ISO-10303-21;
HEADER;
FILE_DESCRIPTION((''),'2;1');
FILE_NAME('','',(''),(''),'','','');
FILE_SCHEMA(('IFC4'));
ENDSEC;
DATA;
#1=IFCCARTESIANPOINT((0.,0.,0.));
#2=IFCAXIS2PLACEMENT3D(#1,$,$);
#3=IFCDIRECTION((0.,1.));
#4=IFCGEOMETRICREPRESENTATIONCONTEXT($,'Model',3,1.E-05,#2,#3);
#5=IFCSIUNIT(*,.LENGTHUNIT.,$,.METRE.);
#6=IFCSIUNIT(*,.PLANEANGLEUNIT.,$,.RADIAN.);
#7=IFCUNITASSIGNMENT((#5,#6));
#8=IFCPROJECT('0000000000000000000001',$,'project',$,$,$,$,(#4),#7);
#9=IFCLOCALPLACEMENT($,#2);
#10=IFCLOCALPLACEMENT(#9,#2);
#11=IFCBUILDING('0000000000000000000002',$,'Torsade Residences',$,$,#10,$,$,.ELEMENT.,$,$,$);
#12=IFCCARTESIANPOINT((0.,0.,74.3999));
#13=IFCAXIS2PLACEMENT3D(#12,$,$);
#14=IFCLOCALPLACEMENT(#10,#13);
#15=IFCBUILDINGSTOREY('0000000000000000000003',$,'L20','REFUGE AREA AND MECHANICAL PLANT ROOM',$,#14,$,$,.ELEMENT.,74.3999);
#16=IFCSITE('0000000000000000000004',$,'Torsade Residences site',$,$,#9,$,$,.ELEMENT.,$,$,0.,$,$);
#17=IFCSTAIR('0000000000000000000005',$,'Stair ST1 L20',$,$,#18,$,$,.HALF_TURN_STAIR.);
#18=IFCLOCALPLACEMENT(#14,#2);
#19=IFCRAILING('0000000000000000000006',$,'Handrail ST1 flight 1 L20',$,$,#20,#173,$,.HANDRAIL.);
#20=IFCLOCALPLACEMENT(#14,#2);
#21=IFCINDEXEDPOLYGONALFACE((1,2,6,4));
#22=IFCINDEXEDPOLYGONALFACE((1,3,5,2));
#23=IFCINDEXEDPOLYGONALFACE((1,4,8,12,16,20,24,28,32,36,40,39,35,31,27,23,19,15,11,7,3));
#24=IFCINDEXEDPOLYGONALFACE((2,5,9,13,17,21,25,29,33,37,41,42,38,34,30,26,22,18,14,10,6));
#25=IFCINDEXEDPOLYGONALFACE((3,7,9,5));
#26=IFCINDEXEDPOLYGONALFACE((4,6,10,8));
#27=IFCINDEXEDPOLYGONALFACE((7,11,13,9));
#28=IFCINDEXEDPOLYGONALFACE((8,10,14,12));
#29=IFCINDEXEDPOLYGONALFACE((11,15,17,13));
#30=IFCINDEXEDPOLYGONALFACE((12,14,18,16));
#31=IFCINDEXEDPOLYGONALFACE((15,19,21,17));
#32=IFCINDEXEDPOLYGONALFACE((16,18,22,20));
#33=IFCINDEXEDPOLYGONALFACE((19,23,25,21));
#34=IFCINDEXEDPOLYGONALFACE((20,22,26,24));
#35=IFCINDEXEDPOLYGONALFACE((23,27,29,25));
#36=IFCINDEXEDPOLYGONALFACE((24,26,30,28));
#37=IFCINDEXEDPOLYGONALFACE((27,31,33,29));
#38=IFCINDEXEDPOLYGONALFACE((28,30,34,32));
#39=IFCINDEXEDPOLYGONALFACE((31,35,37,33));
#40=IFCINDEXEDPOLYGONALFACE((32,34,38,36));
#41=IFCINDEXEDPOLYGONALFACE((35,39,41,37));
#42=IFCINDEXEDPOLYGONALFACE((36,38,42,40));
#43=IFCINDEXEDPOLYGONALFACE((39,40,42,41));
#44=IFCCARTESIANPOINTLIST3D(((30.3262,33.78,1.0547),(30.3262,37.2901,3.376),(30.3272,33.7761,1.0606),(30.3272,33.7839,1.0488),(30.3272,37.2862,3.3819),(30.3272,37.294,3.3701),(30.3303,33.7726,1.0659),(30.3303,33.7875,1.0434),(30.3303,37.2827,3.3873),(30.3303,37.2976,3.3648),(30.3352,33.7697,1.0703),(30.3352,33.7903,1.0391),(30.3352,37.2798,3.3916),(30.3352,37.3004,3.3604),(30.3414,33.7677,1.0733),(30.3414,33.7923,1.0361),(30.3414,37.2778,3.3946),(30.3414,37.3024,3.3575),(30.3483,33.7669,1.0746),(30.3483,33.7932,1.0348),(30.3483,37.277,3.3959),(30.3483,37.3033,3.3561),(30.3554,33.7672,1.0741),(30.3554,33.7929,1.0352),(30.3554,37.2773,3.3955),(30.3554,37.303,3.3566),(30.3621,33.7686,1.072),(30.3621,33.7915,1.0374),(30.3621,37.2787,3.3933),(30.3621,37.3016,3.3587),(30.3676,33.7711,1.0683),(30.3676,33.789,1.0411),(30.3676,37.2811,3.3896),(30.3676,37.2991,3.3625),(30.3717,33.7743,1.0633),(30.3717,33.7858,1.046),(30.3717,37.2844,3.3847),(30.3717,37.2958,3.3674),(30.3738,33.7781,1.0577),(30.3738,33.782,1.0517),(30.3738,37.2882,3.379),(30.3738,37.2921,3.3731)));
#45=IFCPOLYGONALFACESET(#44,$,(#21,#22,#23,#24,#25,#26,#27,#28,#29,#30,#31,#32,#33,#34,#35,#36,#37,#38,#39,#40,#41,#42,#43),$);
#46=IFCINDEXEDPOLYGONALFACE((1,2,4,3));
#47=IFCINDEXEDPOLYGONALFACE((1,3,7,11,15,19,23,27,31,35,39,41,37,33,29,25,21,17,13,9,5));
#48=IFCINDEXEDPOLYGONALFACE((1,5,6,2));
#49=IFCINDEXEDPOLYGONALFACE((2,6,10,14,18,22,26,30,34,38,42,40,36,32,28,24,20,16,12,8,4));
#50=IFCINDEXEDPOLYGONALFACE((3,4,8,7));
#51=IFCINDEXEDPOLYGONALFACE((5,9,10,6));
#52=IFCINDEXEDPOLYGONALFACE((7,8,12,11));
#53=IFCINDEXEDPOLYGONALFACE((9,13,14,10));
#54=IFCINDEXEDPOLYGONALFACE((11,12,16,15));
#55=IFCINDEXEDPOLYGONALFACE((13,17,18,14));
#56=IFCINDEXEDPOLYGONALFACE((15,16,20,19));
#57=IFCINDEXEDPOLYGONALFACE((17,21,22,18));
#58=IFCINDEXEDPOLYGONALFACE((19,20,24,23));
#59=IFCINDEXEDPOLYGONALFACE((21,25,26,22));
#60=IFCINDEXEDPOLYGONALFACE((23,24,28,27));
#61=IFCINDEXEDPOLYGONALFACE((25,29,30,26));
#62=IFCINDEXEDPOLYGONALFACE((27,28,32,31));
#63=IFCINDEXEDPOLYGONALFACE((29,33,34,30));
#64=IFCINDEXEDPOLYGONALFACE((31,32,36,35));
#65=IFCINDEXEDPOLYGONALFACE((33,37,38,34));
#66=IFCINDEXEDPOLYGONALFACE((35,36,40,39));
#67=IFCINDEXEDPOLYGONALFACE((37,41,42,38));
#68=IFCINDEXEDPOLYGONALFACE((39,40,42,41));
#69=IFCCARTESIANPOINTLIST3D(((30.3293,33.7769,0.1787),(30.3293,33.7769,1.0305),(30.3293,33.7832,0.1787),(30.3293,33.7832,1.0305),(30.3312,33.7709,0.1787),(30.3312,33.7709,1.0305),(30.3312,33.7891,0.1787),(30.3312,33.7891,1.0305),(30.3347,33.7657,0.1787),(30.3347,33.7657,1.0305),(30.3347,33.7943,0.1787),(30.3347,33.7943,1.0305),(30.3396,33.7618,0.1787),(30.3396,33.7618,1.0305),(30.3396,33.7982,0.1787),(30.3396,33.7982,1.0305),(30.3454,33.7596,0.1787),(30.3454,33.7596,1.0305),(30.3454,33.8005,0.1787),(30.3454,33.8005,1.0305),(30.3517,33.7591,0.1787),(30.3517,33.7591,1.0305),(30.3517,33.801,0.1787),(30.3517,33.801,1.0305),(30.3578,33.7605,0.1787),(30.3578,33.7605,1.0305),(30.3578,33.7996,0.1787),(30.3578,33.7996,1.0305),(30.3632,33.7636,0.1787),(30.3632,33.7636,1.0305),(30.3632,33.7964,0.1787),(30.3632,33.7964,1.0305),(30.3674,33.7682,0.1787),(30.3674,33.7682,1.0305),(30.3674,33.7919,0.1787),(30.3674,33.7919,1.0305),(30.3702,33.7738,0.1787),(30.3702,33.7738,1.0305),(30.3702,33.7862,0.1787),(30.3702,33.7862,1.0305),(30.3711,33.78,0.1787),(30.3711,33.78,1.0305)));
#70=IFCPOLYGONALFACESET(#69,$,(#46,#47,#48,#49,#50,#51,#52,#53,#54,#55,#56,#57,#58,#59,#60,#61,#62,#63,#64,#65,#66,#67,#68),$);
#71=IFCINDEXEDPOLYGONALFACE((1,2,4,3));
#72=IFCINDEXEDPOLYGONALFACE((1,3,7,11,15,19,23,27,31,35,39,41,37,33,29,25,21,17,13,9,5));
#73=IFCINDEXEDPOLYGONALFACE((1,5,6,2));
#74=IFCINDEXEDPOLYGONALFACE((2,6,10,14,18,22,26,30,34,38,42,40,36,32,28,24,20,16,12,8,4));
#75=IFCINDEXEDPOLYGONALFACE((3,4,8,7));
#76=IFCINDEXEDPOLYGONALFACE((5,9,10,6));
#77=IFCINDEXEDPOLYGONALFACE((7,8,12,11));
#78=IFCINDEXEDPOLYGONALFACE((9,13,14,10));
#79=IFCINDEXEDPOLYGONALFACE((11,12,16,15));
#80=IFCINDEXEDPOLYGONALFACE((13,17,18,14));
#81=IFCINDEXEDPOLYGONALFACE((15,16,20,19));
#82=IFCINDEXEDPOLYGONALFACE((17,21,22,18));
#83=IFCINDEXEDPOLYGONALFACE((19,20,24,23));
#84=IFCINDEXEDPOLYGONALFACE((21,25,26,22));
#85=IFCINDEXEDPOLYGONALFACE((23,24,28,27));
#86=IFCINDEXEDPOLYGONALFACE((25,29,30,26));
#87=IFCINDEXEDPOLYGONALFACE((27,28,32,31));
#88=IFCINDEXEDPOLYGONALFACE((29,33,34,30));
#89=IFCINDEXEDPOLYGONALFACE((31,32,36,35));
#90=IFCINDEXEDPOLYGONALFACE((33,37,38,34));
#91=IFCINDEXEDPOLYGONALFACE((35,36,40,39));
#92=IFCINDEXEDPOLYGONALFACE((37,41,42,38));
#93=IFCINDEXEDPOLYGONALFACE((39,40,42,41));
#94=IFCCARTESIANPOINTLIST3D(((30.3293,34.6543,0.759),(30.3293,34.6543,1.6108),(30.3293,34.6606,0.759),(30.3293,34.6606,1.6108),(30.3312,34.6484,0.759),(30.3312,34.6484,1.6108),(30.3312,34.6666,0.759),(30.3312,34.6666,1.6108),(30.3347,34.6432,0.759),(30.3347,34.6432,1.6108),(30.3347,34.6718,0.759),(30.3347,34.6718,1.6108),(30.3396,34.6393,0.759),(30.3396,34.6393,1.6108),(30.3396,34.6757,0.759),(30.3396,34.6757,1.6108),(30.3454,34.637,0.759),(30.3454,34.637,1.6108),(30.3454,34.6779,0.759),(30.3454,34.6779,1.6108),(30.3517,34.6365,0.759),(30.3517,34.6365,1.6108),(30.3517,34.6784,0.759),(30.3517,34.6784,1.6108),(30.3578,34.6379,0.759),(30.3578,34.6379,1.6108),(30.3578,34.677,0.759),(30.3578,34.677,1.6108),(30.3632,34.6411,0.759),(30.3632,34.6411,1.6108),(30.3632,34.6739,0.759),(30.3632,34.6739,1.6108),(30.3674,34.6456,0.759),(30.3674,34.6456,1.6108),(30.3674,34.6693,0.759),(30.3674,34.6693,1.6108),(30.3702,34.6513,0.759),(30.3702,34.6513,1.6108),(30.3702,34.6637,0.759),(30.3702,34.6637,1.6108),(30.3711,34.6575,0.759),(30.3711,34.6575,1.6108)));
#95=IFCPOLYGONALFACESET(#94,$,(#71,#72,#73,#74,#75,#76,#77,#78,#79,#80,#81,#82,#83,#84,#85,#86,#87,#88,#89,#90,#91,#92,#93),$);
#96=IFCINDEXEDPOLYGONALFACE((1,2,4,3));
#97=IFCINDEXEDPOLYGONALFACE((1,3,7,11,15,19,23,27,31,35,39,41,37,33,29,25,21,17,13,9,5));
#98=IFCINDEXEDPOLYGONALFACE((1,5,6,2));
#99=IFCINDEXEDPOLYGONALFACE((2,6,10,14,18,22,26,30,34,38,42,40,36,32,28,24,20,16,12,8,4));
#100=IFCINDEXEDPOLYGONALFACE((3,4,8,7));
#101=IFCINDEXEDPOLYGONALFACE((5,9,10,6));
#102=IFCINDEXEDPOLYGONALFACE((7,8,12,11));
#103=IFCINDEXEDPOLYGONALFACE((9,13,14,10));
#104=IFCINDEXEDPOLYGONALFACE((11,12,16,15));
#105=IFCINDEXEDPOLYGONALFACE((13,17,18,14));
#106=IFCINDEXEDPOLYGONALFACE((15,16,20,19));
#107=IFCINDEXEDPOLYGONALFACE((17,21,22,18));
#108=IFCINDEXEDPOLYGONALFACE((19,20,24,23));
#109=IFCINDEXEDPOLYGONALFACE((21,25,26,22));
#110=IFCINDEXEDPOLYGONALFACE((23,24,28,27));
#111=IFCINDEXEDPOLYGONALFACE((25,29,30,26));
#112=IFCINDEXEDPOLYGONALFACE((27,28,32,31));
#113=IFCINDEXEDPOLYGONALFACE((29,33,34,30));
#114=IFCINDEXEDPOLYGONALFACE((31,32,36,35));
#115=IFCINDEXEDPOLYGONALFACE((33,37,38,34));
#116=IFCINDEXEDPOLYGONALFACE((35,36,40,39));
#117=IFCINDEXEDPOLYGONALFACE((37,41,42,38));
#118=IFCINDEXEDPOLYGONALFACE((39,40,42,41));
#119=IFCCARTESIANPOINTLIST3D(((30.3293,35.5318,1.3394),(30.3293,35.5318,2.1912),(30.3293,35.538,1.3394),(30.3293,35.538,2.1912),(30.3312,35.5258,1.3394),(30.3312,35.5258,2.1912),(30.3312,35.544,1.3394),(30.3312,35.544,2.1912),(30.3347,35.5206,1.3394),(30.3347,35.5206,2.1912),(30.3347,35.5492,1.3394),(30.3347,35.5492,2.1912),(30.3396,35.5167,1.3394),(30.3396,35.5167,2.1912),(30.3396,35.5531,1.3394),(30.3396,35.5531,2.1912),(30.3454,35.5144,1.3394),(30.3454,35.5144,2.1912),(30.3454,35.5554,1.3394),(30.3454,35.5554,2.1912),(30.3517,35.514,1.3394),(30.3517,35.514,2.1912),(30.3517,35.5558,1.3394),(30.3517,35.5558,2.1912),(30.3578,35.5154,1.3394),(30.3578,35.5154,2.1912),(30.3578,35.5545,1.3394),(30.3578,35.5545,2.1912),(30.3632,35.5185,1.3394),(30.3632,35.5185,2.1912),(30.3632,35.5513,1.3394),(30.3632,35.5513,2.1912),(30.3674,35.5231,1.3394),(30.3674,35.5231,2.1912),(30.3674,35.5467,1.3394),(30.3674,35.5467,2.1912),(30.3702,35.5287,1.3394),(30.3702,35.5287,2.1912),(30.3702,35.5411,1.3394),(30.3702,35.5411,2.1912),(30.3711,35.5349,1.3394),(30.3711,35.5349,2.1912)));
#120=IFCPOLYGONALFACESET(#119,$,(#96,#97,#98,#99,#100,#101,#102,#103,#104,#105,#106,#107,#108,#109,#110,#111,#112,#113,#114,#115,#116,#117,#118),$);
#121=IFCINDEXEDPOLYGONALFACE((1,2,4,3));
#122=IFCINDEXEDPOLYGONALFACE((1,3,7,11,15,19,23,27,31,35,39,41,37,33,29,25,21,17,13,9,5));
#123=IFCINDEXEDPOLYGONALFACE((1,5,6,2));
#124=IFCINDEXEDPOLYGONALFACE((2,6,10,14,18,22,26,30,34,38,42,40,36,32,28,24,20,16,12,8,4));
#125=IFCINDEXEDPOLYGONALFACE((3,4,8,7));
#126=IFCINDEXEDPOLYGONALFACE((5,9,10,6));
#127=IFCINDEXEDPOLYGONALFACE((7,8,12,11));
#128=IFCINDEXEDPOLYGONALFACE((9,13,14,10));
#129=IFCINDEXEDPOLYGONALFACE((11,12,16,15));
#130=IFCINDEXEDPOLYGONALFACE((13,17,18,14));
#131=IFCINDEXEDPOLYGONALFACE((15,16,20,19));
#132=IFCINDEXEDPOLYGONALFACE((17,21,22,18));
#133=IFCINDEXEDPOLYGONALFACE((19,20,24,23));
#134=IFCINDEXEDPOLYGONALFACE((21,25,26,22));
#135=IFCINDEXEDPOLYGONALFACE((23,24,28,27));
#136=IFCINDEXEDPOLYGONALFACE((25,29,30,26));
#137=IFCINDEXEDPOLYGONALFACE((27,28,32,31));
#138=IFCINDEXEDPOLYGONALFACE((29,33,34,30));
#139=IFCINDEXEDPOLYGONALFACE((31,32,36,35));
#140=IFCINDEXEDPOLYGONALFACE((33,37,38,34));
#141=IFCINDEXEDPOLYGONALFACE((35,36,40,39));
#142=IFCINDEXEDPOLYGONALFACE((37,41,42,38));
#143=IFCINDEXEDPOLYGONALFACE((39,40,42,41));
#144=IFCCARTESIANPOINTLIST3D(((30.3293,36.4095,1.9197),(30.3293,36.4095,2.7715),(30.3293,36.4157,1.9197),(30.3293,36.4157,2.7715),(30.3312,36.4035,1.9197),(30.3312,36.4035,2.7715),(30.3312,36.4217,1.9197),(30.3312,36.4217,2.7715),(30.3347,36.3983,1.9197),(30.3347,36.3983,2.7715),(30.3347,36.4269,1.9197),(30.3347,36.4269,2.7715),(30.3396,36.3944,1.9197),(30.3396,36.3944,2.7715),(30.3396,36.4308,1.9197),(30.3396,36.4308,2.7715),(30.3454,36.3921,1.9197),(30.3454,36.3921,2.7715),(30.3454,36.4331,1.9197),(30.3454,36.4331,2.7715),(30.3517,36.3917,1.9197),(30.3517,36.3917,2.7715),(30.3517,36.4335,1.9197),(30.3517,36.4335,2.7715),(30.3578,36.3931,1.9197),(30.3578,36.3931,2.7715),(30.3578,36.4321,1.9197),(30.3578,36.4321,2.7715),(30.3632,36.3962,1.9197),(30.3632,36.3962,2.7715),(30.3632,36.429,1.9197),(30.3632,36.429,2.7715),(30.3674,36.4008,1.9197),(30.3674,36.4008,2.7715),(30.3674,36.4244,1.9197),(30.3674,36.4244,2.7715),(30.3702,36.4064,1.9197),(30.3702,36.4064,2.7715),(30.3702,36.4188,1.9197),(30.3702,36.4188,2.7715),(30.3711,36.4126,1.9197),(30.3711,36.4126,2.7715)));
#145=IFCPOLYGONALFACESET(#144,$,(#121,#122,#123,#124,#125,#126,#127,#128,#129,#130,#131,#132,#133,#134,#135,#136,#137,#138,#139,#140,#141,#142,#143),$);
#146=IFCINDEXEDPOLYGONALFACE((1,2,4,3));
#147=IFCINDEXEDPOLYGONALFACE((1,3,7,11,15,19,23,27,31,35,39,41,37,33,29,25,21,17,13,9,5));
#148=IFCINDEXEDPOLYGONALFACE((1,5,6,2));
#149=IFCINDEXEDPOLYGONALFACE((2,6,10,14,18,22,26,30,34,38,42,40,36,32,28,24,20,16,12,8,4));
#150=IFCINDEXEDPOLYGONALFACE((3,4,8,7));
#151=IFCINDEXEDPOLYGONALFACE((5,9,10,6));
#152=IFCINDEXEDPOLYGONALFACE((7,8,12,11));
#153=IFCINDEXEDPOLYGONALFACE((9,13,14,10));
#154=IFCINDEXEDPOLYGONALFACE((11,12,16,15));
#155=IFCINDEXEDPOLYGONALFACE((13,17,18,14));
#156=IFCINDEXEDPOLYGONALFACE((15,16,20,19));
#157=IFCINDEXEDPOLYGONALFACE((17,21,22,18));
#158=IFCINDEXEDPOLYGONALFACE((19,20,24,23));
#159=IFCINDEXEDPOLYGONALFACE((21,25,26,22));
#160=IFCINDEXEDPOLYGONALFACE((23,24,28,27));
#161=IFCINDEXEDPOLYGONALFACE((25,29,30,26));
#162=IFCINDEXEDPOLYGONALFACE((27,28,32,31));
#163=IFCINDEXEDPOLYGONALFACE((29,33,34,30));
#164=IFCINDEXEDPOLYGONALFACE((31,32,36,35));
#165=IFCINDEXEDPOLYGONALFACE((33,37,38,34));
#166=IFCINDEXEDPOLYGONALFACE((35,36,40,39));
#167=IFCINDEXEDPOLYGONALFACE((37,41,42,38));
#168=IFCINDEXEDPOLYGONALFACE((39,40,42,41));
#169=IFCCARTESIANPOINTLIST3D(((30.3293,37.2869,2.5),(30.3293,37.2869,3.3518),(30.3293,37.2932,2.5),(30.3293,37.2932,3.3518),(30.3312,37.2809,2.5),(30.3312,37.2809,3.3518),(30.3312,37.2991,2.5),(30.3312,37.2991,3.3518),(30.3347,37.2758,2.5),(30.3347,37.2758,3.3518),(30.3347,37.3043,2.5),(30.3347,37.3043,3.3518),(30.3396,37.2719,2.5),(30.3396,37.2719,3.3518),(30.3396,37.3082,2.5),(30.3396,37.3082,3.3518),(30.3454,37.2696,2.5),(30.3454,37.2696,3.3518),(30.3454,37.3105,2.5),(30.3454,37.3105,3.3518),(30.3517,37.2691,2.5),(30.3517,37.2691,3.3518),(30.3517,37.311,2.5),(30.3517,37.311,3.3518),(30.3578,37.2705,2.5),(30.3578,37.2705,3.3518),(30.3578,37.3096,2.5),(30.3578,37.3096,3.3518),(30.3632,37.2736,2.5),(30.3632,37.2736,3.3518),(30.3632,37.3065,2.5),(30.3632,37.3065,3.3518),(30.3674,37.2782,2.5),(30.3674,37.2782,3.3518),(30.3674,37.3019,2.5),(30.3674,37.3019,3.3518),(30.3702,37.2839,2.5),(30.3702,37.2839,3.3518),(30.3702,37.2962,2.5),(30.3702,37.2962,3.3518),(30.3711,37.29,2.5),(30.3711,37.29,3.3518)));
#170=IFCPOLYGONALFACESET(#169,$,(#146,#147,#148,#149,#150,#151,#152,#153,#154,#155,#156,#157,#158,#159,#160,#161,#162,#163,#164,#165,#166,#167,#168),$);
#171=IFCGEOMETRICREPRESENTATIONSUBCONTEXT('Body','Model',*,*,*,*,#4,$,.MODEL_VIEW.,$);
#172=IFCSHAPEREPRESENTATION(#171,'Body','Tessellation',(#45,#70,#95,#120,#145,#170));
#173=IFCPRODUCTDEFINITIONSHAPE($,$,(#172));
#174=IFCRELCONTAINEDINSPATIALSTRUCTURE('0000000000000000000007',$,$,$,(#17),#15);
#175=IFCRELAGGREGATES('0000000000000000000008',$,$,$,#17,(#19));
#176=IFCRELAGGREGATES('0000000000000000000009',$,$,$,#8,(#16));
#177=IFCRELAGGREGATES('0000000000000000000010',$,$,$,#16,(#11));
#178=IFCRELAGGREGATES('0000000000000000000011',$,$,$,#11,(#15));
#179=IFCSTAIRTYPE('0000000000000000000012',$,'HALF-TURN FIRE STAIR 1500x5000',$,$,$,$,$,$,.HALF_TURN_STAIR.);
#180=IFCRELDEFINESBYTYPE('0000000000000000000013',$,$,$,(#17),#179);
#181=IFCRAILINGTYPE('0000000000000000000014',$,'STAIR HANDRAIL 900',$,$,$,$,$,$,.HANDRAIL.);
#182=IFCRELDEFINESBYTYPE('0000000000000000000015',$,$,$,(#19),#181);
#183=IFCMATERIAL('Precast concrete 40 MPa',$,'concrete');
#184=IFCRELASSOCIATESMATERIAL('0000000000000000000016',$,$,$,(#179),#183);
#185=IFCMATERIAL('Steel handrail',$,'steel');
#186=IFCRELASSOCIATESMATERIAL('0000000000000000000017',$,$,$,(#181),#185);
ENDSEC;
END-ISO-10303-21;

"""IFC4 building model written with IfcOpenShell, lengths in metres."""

from ifc_helpers import new_model, si_unit, direction, frame, origin, origin_2d, place, context, subcontext, project, spatial, circle, extrude, material, type_object, element, aggregate, save


model = new_model("IFC4")

# Units and contexts
model_context = context("Model", 3, precision=1e-05, world=origin(), true_north=direction((0.0, 1.0)))
body_context = subcontext(model_context, "Body", "Model", "MODEL_VIEW")
ifc_project = project(units=[si_unit("LENGTHUNIT", "METRE"), si_unit("PLANEANGLEUNIT", "RADIAN")], contexts=[model_context])

# Site, building, storey
site_placement = place(None, origin())
site = spatial("IfcSite", under=ifc_project, at=site_placement, Name="Torsade Residences site", CompositionType="ELEMENT", RefElevation=0.0)
building_placement = place(site_placement, origin())
building = spatial("IfcBuilding", under=site, at=building_placement, Name="Torsade Residences", CompositionType="ELEMENT")
storey_placement = place(building_placement, frame((0.0, 0.0, 74.3999)))
storey = spatial("IfcBuildingStorey", under=building, at=storey_placement, Name="L20", Description="REFUGE AREA AND MECHANICAL PLANT ROOM", CompositionType="ELEMENT", Elevation=74.3999)

# Stair, railing
ifc_material_1 = material(Name="Precast concrete 40 MPa", Category="concrete")
stair_type = type_object("IfcStairType", Name="HALF-TURN FIRE STAIR 1500x5000", PredefinedType="HALF_TURN_STAIR", material=ifc_material_1)
stair_placement = place(storey_placement, origin())
stair = element("IfcStair", 1, at=stair_placement, inside=storey, type_object=stair_type, Name="Stair ST1 L20", PredefinedType="HALF_TURN_STAIR")
ifc_material_2 = material(Name="Steel handrail", Category="steel")
railing_type = type_object("IfcRailingType", Name="STAIR HANDRAIL 900", PredefinedType="HANDRAIL", material=ifc_material_2)
railing_1_placement = place(storey_placement, frame((30.3501, 33.78, 0.1787)))
railing_1 = element("IfcRailing", 2, at=railing_1_placement, type_object=railing_type, Name="Handrail ST1 flight 1 L20", PredefinedType="HANDRAIL", context=body_context, shape_type="SweptSolid", body=[
    extrude(circle(Radius=0.0239, at=origin_2d()), frame((0.0, 0.0, 0.876), z_axis=(0.0, 0.834097, 0.551617), x_axis=(-1.0, 0.0, 0.0)), (0.0, 0.0, 1.0), 4.2083),
    extrude(circle(Radius=0.021, at=origin_2d()), origin(), (0.0, 0.0, 1.0), 0.8518),
    extrude(circle(Radius=0.021, at=origin_2d()), frame((0.0, 0.8774, 0.5803)), (0.0, 0.0, 1.0), 0.8518),
    extrude(circle(Radius=0.021, at=origin_2d()), frame((0.0, 1.7549, 1.1606)), (0.0, 0.0, 1.0), 0.8518),
    extrude(circle(Radius=0.021, at=origin_2d()), frame((0.0, 2.6326, 1.741)), (0.0, 0.0, 1.0), 0.8518),
    extrude(circle(Radius=0.021, at=origin_2d()), frame((0.0, 3.51, 2.3213)), (0.0, 0.0, 1.0), 0.8518),
])
aggregate(stair, [railing_1])

save(model, "model.ifc")
